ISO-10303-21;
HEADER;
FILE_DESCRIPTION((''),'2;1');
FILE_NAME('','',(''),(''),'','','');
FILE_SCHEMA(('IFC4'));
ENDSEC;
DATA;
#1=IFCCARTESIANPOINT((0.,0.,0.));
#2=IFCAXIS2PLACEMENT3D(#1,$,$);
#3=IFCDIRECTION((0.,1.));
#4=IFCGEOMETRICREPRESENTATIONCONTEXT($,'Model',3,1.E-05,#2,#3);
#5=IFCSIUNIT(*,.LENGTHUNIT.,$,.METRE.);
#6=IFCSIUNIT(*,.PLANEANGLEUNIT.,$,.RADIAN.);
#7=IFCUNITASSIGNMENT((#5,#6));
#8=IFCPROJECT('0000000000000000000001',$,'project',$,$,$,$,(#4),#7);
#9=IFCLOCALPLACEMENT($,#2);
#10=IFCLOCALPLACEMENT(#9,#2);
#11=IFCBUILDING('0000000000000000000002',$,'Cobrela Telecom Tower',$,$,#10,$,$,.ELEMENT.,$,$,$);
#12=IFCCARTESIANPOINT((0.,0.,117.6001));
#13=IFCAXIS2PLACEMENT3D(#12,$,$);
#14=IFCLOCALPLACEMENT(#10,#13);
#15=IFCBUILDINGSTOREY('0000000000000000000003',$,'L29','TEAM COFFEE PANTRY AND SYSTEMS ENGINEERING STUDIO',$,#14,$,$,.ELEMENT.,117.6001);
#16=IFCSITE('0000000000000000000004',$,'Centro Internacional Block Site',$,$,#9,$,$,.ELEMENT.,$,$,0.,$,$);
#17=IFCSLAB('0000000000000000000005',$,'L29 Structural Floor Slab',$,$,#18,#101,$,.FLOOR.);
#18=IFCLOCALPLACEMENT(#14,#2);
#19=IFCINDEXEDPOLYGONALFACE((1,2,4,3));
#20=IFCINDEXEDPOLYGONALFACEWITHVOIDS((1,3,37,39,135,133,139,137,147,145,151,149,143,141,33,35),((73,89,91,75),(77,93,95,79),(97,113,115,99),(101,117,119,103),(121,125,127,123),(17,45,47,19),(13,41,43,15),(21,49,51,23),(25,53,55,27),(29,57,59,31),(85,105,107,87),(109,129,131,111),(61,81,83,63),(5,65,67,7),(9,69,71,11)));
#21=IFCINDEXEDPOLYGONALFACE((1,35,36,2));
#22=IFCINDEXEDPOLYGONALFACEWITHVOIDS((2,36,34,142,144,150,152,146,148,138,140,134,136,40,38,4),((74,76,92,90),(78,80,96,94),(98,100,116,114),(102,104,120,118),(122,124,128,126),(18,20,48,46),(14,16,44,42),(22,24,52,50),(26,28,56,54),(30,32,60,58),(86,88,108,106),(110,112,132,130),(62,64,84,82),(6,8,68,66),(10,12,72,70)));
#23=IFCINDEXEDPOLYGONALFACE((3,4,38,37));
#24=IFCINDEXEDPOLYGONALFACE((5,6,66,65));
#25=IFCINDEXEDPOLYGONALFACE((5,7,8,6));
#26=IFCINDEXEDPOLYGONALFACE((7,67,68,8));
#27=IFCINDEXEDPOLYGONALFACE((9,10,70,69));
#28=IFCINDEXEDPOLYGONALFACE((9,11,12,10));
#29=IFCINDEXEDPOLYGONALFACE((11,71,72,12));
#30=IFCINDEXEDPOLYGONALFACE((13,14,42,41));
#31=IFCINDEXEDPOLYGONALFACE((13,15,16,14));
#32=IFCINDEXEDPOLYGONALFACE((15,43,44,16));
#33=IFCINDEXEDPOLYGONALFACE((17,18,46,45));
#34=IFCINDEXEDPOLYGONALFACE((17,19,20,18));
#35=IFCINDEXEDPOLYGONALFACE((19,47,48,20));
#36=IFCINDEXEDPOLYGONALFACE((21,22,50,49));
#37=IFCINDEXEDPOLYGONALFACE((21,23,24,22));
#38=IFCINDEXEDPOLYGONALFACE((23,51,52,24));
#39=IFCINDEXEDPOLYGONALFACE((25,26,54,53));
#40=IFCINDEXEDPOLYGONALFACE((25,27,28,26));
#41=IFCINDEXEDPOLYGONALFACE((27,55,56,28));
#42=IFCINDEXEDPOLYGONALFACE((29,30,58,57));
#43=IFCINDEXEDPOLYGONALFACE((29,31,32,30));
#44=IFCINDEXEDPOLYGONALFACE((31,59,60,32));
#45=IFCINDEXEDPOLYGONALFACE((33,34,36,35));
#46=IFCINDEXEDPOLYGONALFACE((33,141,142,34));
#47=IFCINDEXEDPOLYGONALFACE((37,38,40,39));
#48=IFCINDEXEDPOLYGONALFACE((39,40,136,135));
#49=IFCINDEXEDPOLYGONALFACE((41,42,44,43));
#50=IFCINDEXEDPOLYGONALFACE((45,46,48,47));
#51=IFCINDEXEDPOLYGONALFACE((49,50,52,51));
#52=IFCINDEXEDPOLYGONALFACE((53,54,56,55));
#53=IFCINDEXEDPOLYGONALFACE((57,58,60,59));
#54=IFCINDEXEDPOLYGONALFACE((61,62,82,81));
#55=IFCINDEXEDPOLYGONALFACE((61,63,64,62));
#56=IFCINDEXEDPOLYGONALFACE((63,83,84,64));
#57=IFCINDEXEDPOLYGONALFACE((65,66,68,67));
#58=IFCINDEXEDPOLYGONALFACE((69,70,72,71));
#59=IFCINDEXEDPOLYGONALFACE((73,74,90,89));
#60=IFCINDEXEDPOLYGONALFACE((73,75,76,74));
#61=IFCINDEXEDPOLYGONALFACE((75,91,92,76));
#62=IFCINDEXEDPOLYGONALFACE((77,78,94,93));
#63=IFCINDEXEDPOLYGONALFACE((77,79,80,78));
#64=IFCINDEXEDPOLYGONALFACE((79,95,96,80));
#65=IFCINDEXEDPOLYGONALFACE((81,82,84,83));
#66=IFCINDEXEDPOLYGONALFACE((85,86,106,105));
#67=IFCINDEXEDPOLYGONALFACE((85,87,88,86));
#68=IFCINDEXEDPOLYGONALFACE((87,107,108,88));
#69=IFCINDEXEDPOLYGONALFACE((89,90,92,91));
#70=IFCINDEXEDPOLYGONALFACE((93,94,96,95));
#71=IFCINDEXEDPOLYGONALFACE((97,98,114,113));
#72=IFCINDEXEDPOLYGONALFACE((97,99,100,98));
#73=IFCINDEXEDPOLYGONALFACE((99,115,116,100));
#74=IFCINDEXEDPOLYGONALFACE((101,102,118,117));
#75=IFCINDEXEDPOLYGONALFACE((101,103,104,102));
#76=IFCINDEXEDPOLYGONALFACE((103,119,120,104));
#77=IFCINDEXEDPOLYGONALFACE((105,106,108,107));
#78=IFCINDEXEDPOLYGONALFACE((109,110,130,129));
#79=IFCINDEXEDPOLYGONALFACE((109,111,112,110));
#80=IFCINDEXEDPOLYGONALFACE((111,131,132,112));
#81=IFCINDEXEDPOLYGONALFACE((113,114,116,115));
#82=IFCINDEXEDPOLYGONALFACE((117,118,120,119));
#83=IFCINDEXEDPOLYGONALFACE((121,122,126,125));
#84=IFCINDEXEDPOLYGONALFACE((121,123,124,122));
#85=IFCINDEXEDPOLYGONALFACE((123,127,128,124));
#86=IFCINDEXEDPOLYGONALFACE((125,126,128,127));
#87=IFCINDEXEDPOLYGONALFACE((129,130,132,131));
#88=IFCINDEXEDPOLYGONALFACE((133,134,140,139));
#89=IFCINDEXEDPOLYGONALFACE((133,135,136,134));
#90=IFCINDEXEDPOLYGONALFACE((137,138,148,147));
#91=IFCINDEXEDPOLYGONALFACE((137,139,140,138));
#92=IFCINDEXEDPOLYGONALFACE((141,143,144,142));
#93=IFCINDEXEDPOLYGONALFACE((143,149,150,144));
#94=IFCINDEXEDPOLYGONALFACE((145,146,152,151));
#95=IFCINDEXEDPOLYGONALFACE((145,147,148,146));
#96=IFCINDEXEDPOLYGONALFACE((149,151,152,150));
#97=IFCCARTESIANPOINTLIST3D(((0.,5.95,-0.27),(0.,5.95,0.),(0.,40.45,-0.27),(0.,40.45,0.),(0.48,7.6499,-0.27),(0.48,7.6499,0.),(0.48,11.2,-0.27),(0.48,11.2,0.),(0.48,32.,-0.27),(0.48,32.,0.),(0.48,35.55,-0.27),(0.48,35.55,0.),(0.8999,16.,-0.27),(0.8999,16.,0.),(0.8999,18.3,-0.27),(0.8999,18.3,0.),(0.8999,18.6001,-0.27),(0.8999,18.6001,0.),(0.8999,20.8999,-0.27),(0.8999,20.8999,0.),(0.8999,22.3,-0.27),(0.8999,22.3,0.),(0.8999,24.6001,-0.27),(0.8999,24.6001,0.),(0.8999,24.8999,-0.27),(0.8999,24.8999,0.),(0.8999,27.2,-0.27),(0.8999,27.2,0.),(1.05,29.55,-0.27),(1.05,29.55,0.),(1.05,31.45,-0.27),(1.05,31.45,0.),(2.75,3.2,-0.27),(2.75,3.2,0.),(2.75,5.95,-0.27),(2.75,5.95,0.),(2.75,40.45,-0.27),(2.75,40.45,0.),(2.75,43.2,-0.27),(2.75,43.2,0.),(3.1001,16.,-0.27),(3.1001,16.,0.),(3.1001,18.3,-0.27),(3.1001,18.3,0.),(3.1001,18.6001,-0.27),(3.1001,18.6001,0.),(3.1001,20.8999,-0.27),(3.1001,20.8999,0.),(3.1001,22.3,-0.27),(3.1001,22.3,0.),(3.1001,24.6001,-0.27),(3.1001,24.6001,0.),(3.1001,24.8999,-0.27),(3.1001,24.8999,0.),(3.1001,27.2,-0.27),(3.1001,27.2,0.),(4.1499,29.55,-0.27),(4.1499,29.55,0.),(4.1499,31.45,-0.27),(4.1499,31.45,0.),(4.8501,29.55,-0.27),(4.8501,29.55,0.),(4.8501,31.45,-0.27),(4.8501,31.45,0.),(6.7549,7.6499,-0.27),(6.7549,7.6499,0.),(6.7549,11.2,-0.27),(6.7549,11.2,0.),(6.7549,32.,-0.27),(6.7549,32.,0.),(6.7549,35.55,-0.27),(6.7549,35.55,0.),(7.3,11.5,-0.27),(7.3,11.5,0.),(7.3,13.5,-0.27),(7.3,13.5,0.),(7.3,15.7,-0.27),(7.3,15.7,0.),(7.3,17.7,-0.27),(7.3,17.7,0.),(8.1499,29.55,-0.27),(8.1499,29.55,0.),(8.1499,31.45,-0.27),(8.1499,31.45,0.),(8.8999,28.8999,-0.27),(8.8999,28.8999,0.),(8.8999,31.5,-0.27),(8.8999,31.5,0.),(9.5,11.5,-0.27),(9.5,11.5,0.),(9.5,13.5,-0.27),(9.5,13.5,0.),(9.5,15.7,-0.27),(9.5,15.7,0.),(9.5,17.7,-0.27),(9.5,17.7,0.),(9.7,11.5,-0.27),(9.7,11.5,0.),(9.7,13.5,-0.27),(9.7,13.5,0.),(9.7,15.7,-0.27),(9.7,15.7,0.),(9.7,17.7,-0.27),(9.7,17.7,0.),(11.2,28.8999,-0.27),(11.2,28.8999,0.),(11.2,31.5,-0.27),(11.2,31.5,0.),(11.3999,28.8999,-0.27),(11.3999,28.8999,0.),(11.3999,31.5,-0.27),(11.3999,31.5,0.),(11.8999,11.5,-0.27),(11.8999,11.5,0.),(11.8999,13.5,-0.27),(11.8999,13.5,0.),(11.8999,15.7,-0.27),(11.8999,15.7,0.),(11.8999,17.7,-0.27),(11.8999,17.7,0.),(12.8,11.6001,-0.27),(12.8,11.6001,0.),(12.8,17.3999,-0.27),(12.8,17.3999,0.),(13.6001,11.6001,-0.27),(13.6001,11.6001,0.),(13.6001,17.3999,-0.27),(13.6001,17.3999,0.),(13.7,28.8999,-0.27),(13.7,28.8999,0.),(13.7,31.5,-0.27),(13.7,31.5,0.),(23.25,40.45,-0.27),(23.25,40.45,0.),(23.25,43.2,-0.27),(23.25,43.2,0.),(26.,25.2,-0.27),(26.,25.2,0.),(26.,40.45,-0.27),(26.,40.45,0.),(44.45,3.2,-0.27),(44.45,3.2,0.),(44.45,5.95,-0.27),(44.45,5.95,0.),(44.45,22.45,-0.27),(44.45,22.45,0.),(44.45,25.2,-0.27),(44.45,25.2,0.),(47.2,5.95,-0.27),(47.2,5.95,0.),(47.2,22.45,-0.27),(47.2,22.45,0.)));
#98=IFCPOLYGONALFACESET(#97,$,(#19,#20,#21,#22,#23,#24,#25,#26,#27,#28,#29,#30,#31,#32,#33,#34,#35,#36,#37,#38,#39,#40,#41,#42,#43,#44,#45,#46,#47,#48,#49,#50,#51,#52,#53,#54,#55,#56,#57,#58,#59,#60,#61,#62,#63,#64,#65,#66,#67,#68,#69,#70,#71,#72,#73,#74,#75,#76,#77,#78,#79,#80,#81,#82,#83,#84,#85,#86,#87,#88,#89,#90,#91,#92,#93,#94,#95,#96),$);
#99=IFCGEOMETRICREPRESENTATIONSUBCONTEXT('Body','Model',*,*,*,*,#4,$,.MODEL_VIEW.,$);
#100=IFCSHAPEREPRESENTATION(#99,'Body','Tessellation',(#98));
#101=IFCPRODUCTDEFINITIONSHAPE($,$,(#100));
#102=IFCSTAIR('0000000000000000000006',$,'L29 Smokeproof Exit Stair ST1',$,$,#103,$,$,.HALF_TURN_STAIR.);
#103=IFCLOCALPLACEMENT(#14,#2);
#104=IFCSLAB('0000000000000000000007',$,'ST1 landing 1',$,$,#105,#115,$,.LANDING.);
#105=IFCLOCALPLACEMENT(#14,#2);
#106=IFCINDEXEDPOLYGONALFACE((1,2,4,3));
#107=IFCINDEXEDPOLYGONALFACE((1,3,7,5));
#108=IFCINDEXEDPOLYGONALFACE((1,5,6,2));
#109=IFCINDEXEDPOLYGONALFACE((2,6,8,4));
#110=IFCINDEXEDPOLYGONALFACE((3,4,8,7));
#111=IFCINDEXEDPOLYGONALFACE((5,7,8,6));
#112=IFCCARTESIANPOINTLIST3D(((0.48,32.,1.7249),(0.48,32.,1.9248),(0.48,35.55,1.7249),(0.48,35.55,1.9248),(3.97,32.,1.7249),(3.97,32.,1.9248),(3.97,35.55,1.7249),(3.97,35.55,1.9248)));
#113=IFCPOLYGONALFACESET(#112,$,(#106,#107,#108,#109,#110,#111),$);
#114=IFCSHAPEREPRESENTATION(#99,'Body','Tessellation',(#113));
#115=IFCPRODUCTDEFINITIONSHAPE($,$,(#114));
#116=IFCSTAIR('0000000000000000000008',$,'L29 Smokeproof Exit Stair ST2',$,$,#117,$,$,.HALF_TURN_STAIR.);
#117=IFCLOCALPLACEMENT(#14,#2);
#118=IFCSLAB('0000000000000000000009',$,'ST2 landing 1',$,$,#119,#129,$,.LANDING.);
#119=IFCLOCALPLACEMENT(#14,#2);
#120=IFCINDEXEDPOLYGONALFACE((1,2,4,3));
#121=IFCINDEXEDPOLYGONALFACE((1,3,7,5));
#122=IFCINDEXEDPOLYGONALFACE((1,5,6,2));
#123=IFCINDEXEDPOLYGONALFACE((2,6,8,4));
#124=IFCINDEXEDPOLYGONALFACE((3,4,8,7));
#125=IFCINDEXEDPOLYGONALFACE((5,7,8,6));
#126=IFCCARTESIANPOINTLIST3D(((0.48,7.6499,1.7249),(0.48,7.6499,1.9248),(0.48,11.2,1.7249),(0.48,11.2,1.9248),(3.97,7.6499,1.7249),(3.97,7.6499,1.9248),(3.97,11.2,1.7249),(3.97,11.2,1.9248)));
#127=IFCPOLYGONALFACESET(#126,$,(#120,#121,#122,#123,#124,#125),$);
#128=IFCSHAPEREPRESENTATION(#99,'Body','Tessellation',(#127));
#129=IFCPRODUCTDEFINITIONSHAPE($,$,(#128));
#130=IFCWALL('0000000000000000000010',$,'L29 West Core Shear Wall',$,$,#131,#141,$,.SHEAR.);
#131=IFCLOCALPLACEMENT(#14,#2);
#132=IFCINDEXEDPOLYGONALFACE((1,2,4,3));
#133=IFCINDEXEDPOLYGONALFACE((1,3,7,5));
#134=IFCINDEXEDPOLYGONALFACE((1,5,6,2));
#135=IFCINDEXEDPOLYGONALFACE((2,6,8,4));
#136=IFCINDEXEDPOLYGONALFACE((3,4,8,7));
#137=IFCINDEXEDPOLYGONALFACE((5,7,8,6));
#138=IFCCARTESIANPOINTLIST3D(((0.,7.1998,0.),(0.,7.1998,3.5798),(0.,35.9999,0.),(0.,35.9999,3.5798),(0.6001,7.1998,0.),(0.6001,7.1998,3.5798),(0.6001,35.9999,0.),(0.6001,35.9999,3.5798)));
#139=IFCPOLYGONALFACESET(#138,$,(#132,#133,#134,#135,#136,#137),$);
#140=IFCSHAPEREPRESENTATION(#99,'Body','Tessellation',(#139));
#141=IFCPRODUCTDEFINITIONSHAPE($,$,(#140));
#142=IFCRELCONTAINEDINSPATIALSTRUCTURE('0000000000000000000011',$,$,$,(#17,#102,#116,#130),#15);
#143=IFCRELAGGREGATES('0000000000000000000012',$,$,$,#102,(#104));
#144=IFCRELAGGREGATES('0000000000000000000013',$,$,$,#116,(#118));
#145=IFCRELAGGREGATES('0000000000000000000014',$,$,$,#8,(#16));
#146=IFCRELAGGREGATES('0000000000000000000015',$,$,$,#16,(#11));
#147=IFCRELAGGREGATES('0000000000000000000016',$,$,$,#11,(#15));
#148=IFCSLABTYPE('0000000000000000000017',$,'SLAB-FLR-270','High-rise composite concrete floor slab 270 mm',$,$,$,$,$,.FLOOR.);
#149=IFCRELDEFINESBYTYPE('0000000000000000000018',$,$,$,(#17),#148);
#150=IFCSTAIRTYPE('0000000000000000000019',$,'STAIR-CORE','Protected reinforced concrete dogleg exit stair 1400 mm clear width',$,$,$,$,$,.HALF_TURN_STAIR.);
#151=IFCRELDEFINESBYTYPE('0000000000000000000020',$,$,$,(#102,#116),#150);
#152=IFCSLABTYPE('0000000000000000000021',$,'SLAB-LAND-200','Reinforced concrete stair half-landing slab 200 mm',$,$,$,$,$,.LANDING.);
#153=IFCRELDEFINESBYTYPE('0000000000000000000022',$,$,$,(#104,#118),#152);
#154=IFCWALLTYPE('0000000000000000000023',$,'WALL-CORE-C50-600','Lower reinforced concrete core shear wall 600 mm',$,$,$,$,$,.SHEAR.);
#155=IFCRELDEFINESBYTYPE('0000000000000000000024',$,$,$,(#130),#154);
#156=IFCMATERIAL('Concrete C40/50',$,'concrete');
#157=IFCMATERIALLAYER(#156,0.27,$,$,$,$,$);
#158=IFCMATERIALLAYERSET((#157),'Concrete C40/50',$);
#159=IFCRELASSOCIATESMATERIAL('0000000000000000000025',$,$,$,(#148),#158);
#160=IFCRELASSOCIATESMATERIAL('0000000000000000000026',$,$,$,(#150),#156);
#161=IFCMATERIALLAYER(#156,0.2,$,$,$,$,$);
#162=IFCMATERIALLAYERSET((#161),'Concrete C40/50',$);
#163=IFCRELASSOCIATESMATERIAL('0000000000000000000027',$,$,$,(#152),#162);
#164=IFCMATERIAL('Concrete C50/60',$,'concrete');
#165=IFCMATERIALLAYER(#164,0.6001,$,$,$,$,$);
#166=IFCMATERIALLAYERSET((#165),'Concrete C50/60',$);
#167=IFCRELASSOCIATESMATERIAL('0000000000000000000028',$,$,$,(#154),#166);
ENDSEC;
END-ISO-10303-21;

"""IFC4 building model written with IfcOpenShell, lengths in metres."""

from ifc_helpers import new_model, si_unit, direction, frame, frame_2d, origin, place, context, subcontext, project, spatial, polyline, rectangle, outline, extrude, material, layer, layer_set, type_object, element, aggregate, save


model = new_model("IFC4")

# Units and contexts
model_context = context("Model", 3, precision=1e-05, world=origin(), true_north=direction((0.0, 1.0)))
body_context = subcontext(model_context, "Body", "Model", "MODEL_VIEW")
ifc_project = project(units=[si_unit("LENGTHUNIT", "METRE"), si_unit("PLANEANGLEUNIT", "RADIAN")], contexts=[model_context])

# Site, building, storey
site_placement = place(None, origin())
site = spatial("IfcSite", under=ifc_project, at=site_placement, Name="Centro Internacional Block Site", CompositionType="ELEMENT", RefElevation=0.0)
building_placement = place(site_placement, origin())
building = spatial("IfcBuilding", under=site, at=building_placement, Name="Cobrela Telecom Tower", CompositionType="ELEMENT")
storey_placement = place(building_placement, frame((0.0, 0.0, 117.6001)))
storey = spatial("IfcBuildingStorey", under=building, at=storey_placement, Name="L29", Description="TEAM COFFEE PANTRY AND SYSTEMS ENGINEERING STUDIO", CompositionType="ELEMENT", Elevation=117.6001)

# Slab, openings
ifc_material_1 = material(Name="Concrete C40/50", Category="concrete")
ifc_layer_1 = layer(ifc_material_1, 0.27)
ifc_layer_set_1 = layer_set([ifc_layer_1], Name="Concrete C40/50")
slab_type_1 = type_object("IfcSlabType", Name="SLAB-FLR-270", Description="High-rise composite concrete floor slab 270 mm", PredefinedType="FLOOR", material=ifc_layer_set_1)
slab_1_placement = place(storey_placement, frame((0.0, 0.0, -0.27)))
slab_1 = element("IfcSlab", 1, at=slab_1_placement, inside=storey, type_object=slab_type_1, Name="L29 Structural Floor Slab", PredefinedType="FLOOR", context=body_context, shape_type="SweptSolid", body=[
    extrude(outline(polyline([(2.75, 3.2), (44.45, 3.2), (44.45, 5.95), (47.2, 5.95), (47.2, 22.45), (44.45, 22.45), (44.45, 25.2), (26.0, 25.2), (26.0, 40.45), (23.25, 40.45), (23.25, 43.2), (2.75, 43.2), (2.75, 40.45), (0.0, 40.45), (0.0, 5.95), (2.75, 5.95), (2.75, 3.2)])), origin(), (0.0, 0.0, 1.0), 0.27),
])
opening_1_placement = place(slab_1_placement, frame((0.0, 0.0, -0.02)))
element("IfcOpeningElement", 2, at=opening_1_placement, cuts=slab_1, PredefinedType="OPENING", context=body_context, shape_type="SweptSolid", body=[
    extrude(outline(polyline([(8.8999, 28.8999), (11.2, 28.8999), (11.2, 31.5), (8.8999, 31.5), (8.8999, 28.8999)])), origin(), (0.0, 0.0, 1.0), 0.3101),
])
opening_2_placement = place(slab_1_placement, frame((0.0, 0.0, -0.02)))
element("IfcOpeningElement", 3, at=opening_2_placement, cuts=slab_1, PredefinedType="OPENING", context=body_context, shape_type="SweptSolid", body=[
    extrude(outline(polyline([(11.3999, 28.8999), (13.7, 28.8999), (13.7, 31.5), (11.3999, 31.5), (11.3999, 28.8999)])), origin(), (0.0, 0.0, 1.0), 0.3101),
])
opening_3_placement = place(slab_1_placement, frame((0.0, 0.0, -0.02)))
element("IfcOpeningElement", 4, at=opening_3_placement, cuts=slab_1, PredefinedType="OPENING", context=body_context, shape_type="SweptSolid", body=[
    extrude(outline(polyline([(7.3, 15.7), (9.5, 15.7), (9.5, 17.7), (7.3, 17.7), (7.3, 15.7)])), origin(), (0.0, 0.0, 1.0), 0.3101),
])
opening_4_placement = place(slab_1_placement, frame((0.0, 0.0, -0.02)))
element("IfcOpeningElement", 5, at=opening_4_placement, cuts=slab_1, PredefinedType="OPENING", context=body_context, shape_type="SweptSolid", body=[
    extrude(outline(polyline([(9.7, 15.7), (11.8999, 15.7), (11.8999, 17.7), (9.7, 17.7), (9.7, 15.7)])), origin(), (0.0, 0.0, 1.0), 0.3101),
])
opening_5_placement = place(slab_1_placement, frame((0.0, 0.0, -0.02)))
element("IfcOpeningElement", 6, at=opening_5_placement, cuts=slab_1, PredefinedType="OPENING", context=body_context, shape_type="SweptSolid", body=[
    extrude(outline(polyline([(7.3, 11.5), (9.5, 11.5), (9.5, 13.5), (7.3, 13.5), (7.3, 11.5)])), origin(), (0.0, 0.0, 1.0), 0.3101),
])
opening_6_placement = place(slab_1_placement, frame((0.0, 0.0, -0.02)))
element("IfcOpeningElement", 7, at=opening_6_placement, cuts=slab_1, PredefinedType="OPENING", context=body_context, shape_type="SweptSolid", body=[
    extrude(outline(polyline([(9.7, 11.5), (11.8999, 11.5), (11.8999, 13.5), (9.7, 13.5), (9.7, 11.5)])), origin(), (0.0, 0.0, 1.0), 0.3101),
])
opening_7_placement = place(slab_1_placement, frame((0.0, 0.0, -0.02)))
element("IfcOpeningElement", 8, at=opening_7_placement, cuts=slab_1, PredefinedType="OPENING", context=body_context, shape_type="SweptSolid", body=[
    extrude(outline(polyline([(0.8999, 16.0), (3.1001, 16.0), (3.1001, 18.3), (0.8999, 18.3), (0.8999, 16.0)])), origin(), (0.0, 0.0, 1.0), 0.3101),
])
opening_8_placement = place(slab_1_placement, frame((0.0, 0.0, -0.02)))
element("IfcOpeningElement", 9, at=opening_8_placement, cuts=slab_1, PredefinedType="OPENING", context=body_context, shape_type="SweptSolid", body=[
    extrude(outline(polyline([(0.8999, 18.6001), (3.1001, 18.6001), (3.1001, 20.8999), (0.8999, 20.8999), (0.8999, 18.6001)])), origin(), (0.0, 0.0, 1.0), 0.3101),
])
opening_9_placement = place(slab_1_placement, frame((0.0, 0.0, -0.02)))
element("IfcOpeningElement", 10, at=opening_9_placement, cuts=slab_1, PredefinedType="OPENING", context=body_context, shape_type="SweptSolid", body=[
    extrude(outline(polyline([(0.8999, 22.3), (3.1001, 22.3), (3.1001, 24.6001), (0.8999, 24.6001), (0.8999, 22.3)])), origin(), (0.0, 0.0, 1.0), 0.3101),
])
opening_10_placement = place(slab_1_placement, frame((0.0, 0.0, -0.02)))
element("IfcOpeningElement", 11, at=opening_10_placement, cuts=slab_1, PredefinedType="OPENING", context=body_context, shape_type="SweptSolid", body=[
    extrude(outline(polyline([(0.8999, 24.8999), (3.1001, 24.8999), (3.1001, 27.2), (0.8999, 27.2), (0.8999, 24.8999)])), origin(), (0.0, 0.0, 1.0), 0.3101),
])
opening_11_placement = place(slab_1_placement, frame((0.0, 0.0, -0.02)))
element("IfcOpeningElement", 12, at=opening_11_placement, cuts=slab_1, PredefinedType="OPENING", context=body_context, shape_type="SweptSolid", body=[
    extrude(outline(polyline([(1.05, 29.55), (4.1499, 29.55), (4.1499, 31.45), (1.05, 31.45), (1.05, 29.55)])), origin(), (0.0, 0.0, 1.0), 0.3101),
])
opening_12_placement = place(slab_1_placement, frame((0.0, 0.0, -0.02)))
element("IfcOpeningElement", 13, at=opening_12_placement, cuts=slab_1, PredefinedType="OPENING", context=body_context, shape_type="SweptSolid", body=[
    extrude(outline(polyline([(4.8501, 29.55), (8.1499, 29.55), (8.1499, 31.45), (4.8501, 31.45), (4.8501, 29.55)])), origin(), (0.0, 0.0, 1.0), 0.3101),
])
opening_13_placement = place(slab_1_placement, frame((0.0, 0.0, -0.02)))
element("IfcOpeningElement", 14, at=opening_13_placement, cuts=slab_1, PredefinedType="OPENING", context=body_context, shape_type="SweptSolid", body=[
    extrude(outline(polyline([(12.8, 11.6001), (13.6001, 11.6001), (13.6001, 17.3999), (12.8, 17.3999), (12.8, 11.6001)])), origin(), (0.0, 0.0, 1.0), 0.3101),
])
opening_14_placement = place(slab_1_placement, frame((0.0, 0.0, -0.02)))
element("IfcOpeningElement", 15, at=opening_14_placement, cuts=slab_1, PredefinedType="OPENING", context=body_context, shape_type="SweptSolid", body=[
    extrude(outline(polyline([(6.7549, 35.55), (0.48, 35.55), (0.48, 32.0), (6.7549, 32.0), (6.7549, 35.55)])), origin(), (0.0, 0.0, 1.0), 0.3101),
])
opening_15_placement = place(slab_1_placement, frame((0.0, 0.0, -0.02)))
element("IfcOpeningElement", 16, at=opening_15_placement, cuts=slab_1, PredefinedType="OPENING", context=body_context, shape_type="SweptSolid", body=[
    extrude(outline(polyline([(6.7549, 11.2), (0.48, 11.2), (0.48, 7.6499), (6.7549, 7.6499), (6.7549, 11.2)])), origin(), (0.0, 0.0, 1.0), 0.3101),
])

# Stairs, slabs
stair_type = type_object("IfcStairType", Name="STAIR-CORE", Description="Protected reinforced concrete dogleg exit stair 1400 mm clear width", PredefinedType="HALF_TURN_STAIR", material=ifc_material_1)
stair_1_placement = place(storey_placement, origin())
stair_1 = element("IfcStair", 17, at=stair_1_placement, inside=storey, type_object=stair_type, Name="L29 Smokeproof Exit Stair ST1", PredefinedType="HALF_TURN_STAIR")
ifc_layer_2 = layer(ifc_material_1, 0.2)
ifc_layer_set_2 = layer_set([ifc_layer_2], Name="Concrete C40/50")
slab_type_2 = type_object("IfcSlabType", Name="SLAB-LAND-200", Description="Reinforced concrete stair half-landing slab 200 mm", PredefinedType="LANDING", material=ifc_layer_set_2)
slab_2_placement = place(storey_placement, frame((0.0, 0.0, 1.7249)))
slab_2 = element("IfcSlab", 18, at=slab_2_placement, type_object=slab_type_2, Name="ST1 landing 1", PredefinedType="LANDING", context=body_context, shape_type="SweptSolid", body=[
    extrude(outline(polyline([(3.97, 35.55), (0.48, 35.55), (0.48, 32.0), (3.97, 32.0), (3.97, 35.55)])), origin(), (0.0, 0.0, 1.0), 0.2),
])
aggregate(stair_1, [slab_2])
stair_2_placement = place(storey_placement, origin())
stair_2 = element("IfcStair", 19, at=stair_2_placement, inside=storey, type_object=stair_type, Name="L29 Smokeproof Exit Stair ST2", PredefinedType="HALF_TURN_STAIR")
slab_3_placement = place(storey_placement, frame((0.0, 0.0, 1.7249)))
slab_3 = element("IfcSlab", 20, at=slab_3_placement, type_object=slab_type_2, Name="ST2 landing 1", PredefinedType="LANDING", context=body_context, shape_type="SweptSolid", body=[
    extrude(outline(polyline([(3.97, 11.2), (0.48, 11.2), (0.48, 7.6499), (3.97, 7.6499), (3.97, 11.2)])), origin(), (0.0, 0.0, 1.0), 0.2),
])
aggregate(stair_2, [slab_3])

# Wall
ifc_material_2 = material(Name="Concrete C50/60", Category="concrete")
ifc_layer_3 = layer(ifc_material_2, 0.6001)
ifc_layer_set_3 = layer_set([ifc_layer_3], Name="Concrete C50/60")
wall_type_1 = type_object("IfcWallType", Name="WALL-CORE-C50-600", Description="Lower reinforced concrete core shear wall 600 mm", PredefinedType="SHEAR", material=ifc_layer_set_3)
wall_1_placement = place(storey_placement, frame((0.3, 7.2, 0.0), z_axis=(0.0, 0.0, 1.0), x_axis=(0.0, 1.0, 0.0)))
element("IfcWall", 21, at=wall_1_placement, inside=storey, type_object=wall_type_1, Name="L29 West Core Shear Wall", PredefinedType="SHEAR", context=body_context, shape_type="SweptSolid", body=[
    extrude(rectangle(XDim=28.8, YDim=0.6001, at=frame_2d((14.3999, 0.0))), origin(), (0.0, 0.0, 1.0), 3.5798),
])

save(model, "model.ifc")
